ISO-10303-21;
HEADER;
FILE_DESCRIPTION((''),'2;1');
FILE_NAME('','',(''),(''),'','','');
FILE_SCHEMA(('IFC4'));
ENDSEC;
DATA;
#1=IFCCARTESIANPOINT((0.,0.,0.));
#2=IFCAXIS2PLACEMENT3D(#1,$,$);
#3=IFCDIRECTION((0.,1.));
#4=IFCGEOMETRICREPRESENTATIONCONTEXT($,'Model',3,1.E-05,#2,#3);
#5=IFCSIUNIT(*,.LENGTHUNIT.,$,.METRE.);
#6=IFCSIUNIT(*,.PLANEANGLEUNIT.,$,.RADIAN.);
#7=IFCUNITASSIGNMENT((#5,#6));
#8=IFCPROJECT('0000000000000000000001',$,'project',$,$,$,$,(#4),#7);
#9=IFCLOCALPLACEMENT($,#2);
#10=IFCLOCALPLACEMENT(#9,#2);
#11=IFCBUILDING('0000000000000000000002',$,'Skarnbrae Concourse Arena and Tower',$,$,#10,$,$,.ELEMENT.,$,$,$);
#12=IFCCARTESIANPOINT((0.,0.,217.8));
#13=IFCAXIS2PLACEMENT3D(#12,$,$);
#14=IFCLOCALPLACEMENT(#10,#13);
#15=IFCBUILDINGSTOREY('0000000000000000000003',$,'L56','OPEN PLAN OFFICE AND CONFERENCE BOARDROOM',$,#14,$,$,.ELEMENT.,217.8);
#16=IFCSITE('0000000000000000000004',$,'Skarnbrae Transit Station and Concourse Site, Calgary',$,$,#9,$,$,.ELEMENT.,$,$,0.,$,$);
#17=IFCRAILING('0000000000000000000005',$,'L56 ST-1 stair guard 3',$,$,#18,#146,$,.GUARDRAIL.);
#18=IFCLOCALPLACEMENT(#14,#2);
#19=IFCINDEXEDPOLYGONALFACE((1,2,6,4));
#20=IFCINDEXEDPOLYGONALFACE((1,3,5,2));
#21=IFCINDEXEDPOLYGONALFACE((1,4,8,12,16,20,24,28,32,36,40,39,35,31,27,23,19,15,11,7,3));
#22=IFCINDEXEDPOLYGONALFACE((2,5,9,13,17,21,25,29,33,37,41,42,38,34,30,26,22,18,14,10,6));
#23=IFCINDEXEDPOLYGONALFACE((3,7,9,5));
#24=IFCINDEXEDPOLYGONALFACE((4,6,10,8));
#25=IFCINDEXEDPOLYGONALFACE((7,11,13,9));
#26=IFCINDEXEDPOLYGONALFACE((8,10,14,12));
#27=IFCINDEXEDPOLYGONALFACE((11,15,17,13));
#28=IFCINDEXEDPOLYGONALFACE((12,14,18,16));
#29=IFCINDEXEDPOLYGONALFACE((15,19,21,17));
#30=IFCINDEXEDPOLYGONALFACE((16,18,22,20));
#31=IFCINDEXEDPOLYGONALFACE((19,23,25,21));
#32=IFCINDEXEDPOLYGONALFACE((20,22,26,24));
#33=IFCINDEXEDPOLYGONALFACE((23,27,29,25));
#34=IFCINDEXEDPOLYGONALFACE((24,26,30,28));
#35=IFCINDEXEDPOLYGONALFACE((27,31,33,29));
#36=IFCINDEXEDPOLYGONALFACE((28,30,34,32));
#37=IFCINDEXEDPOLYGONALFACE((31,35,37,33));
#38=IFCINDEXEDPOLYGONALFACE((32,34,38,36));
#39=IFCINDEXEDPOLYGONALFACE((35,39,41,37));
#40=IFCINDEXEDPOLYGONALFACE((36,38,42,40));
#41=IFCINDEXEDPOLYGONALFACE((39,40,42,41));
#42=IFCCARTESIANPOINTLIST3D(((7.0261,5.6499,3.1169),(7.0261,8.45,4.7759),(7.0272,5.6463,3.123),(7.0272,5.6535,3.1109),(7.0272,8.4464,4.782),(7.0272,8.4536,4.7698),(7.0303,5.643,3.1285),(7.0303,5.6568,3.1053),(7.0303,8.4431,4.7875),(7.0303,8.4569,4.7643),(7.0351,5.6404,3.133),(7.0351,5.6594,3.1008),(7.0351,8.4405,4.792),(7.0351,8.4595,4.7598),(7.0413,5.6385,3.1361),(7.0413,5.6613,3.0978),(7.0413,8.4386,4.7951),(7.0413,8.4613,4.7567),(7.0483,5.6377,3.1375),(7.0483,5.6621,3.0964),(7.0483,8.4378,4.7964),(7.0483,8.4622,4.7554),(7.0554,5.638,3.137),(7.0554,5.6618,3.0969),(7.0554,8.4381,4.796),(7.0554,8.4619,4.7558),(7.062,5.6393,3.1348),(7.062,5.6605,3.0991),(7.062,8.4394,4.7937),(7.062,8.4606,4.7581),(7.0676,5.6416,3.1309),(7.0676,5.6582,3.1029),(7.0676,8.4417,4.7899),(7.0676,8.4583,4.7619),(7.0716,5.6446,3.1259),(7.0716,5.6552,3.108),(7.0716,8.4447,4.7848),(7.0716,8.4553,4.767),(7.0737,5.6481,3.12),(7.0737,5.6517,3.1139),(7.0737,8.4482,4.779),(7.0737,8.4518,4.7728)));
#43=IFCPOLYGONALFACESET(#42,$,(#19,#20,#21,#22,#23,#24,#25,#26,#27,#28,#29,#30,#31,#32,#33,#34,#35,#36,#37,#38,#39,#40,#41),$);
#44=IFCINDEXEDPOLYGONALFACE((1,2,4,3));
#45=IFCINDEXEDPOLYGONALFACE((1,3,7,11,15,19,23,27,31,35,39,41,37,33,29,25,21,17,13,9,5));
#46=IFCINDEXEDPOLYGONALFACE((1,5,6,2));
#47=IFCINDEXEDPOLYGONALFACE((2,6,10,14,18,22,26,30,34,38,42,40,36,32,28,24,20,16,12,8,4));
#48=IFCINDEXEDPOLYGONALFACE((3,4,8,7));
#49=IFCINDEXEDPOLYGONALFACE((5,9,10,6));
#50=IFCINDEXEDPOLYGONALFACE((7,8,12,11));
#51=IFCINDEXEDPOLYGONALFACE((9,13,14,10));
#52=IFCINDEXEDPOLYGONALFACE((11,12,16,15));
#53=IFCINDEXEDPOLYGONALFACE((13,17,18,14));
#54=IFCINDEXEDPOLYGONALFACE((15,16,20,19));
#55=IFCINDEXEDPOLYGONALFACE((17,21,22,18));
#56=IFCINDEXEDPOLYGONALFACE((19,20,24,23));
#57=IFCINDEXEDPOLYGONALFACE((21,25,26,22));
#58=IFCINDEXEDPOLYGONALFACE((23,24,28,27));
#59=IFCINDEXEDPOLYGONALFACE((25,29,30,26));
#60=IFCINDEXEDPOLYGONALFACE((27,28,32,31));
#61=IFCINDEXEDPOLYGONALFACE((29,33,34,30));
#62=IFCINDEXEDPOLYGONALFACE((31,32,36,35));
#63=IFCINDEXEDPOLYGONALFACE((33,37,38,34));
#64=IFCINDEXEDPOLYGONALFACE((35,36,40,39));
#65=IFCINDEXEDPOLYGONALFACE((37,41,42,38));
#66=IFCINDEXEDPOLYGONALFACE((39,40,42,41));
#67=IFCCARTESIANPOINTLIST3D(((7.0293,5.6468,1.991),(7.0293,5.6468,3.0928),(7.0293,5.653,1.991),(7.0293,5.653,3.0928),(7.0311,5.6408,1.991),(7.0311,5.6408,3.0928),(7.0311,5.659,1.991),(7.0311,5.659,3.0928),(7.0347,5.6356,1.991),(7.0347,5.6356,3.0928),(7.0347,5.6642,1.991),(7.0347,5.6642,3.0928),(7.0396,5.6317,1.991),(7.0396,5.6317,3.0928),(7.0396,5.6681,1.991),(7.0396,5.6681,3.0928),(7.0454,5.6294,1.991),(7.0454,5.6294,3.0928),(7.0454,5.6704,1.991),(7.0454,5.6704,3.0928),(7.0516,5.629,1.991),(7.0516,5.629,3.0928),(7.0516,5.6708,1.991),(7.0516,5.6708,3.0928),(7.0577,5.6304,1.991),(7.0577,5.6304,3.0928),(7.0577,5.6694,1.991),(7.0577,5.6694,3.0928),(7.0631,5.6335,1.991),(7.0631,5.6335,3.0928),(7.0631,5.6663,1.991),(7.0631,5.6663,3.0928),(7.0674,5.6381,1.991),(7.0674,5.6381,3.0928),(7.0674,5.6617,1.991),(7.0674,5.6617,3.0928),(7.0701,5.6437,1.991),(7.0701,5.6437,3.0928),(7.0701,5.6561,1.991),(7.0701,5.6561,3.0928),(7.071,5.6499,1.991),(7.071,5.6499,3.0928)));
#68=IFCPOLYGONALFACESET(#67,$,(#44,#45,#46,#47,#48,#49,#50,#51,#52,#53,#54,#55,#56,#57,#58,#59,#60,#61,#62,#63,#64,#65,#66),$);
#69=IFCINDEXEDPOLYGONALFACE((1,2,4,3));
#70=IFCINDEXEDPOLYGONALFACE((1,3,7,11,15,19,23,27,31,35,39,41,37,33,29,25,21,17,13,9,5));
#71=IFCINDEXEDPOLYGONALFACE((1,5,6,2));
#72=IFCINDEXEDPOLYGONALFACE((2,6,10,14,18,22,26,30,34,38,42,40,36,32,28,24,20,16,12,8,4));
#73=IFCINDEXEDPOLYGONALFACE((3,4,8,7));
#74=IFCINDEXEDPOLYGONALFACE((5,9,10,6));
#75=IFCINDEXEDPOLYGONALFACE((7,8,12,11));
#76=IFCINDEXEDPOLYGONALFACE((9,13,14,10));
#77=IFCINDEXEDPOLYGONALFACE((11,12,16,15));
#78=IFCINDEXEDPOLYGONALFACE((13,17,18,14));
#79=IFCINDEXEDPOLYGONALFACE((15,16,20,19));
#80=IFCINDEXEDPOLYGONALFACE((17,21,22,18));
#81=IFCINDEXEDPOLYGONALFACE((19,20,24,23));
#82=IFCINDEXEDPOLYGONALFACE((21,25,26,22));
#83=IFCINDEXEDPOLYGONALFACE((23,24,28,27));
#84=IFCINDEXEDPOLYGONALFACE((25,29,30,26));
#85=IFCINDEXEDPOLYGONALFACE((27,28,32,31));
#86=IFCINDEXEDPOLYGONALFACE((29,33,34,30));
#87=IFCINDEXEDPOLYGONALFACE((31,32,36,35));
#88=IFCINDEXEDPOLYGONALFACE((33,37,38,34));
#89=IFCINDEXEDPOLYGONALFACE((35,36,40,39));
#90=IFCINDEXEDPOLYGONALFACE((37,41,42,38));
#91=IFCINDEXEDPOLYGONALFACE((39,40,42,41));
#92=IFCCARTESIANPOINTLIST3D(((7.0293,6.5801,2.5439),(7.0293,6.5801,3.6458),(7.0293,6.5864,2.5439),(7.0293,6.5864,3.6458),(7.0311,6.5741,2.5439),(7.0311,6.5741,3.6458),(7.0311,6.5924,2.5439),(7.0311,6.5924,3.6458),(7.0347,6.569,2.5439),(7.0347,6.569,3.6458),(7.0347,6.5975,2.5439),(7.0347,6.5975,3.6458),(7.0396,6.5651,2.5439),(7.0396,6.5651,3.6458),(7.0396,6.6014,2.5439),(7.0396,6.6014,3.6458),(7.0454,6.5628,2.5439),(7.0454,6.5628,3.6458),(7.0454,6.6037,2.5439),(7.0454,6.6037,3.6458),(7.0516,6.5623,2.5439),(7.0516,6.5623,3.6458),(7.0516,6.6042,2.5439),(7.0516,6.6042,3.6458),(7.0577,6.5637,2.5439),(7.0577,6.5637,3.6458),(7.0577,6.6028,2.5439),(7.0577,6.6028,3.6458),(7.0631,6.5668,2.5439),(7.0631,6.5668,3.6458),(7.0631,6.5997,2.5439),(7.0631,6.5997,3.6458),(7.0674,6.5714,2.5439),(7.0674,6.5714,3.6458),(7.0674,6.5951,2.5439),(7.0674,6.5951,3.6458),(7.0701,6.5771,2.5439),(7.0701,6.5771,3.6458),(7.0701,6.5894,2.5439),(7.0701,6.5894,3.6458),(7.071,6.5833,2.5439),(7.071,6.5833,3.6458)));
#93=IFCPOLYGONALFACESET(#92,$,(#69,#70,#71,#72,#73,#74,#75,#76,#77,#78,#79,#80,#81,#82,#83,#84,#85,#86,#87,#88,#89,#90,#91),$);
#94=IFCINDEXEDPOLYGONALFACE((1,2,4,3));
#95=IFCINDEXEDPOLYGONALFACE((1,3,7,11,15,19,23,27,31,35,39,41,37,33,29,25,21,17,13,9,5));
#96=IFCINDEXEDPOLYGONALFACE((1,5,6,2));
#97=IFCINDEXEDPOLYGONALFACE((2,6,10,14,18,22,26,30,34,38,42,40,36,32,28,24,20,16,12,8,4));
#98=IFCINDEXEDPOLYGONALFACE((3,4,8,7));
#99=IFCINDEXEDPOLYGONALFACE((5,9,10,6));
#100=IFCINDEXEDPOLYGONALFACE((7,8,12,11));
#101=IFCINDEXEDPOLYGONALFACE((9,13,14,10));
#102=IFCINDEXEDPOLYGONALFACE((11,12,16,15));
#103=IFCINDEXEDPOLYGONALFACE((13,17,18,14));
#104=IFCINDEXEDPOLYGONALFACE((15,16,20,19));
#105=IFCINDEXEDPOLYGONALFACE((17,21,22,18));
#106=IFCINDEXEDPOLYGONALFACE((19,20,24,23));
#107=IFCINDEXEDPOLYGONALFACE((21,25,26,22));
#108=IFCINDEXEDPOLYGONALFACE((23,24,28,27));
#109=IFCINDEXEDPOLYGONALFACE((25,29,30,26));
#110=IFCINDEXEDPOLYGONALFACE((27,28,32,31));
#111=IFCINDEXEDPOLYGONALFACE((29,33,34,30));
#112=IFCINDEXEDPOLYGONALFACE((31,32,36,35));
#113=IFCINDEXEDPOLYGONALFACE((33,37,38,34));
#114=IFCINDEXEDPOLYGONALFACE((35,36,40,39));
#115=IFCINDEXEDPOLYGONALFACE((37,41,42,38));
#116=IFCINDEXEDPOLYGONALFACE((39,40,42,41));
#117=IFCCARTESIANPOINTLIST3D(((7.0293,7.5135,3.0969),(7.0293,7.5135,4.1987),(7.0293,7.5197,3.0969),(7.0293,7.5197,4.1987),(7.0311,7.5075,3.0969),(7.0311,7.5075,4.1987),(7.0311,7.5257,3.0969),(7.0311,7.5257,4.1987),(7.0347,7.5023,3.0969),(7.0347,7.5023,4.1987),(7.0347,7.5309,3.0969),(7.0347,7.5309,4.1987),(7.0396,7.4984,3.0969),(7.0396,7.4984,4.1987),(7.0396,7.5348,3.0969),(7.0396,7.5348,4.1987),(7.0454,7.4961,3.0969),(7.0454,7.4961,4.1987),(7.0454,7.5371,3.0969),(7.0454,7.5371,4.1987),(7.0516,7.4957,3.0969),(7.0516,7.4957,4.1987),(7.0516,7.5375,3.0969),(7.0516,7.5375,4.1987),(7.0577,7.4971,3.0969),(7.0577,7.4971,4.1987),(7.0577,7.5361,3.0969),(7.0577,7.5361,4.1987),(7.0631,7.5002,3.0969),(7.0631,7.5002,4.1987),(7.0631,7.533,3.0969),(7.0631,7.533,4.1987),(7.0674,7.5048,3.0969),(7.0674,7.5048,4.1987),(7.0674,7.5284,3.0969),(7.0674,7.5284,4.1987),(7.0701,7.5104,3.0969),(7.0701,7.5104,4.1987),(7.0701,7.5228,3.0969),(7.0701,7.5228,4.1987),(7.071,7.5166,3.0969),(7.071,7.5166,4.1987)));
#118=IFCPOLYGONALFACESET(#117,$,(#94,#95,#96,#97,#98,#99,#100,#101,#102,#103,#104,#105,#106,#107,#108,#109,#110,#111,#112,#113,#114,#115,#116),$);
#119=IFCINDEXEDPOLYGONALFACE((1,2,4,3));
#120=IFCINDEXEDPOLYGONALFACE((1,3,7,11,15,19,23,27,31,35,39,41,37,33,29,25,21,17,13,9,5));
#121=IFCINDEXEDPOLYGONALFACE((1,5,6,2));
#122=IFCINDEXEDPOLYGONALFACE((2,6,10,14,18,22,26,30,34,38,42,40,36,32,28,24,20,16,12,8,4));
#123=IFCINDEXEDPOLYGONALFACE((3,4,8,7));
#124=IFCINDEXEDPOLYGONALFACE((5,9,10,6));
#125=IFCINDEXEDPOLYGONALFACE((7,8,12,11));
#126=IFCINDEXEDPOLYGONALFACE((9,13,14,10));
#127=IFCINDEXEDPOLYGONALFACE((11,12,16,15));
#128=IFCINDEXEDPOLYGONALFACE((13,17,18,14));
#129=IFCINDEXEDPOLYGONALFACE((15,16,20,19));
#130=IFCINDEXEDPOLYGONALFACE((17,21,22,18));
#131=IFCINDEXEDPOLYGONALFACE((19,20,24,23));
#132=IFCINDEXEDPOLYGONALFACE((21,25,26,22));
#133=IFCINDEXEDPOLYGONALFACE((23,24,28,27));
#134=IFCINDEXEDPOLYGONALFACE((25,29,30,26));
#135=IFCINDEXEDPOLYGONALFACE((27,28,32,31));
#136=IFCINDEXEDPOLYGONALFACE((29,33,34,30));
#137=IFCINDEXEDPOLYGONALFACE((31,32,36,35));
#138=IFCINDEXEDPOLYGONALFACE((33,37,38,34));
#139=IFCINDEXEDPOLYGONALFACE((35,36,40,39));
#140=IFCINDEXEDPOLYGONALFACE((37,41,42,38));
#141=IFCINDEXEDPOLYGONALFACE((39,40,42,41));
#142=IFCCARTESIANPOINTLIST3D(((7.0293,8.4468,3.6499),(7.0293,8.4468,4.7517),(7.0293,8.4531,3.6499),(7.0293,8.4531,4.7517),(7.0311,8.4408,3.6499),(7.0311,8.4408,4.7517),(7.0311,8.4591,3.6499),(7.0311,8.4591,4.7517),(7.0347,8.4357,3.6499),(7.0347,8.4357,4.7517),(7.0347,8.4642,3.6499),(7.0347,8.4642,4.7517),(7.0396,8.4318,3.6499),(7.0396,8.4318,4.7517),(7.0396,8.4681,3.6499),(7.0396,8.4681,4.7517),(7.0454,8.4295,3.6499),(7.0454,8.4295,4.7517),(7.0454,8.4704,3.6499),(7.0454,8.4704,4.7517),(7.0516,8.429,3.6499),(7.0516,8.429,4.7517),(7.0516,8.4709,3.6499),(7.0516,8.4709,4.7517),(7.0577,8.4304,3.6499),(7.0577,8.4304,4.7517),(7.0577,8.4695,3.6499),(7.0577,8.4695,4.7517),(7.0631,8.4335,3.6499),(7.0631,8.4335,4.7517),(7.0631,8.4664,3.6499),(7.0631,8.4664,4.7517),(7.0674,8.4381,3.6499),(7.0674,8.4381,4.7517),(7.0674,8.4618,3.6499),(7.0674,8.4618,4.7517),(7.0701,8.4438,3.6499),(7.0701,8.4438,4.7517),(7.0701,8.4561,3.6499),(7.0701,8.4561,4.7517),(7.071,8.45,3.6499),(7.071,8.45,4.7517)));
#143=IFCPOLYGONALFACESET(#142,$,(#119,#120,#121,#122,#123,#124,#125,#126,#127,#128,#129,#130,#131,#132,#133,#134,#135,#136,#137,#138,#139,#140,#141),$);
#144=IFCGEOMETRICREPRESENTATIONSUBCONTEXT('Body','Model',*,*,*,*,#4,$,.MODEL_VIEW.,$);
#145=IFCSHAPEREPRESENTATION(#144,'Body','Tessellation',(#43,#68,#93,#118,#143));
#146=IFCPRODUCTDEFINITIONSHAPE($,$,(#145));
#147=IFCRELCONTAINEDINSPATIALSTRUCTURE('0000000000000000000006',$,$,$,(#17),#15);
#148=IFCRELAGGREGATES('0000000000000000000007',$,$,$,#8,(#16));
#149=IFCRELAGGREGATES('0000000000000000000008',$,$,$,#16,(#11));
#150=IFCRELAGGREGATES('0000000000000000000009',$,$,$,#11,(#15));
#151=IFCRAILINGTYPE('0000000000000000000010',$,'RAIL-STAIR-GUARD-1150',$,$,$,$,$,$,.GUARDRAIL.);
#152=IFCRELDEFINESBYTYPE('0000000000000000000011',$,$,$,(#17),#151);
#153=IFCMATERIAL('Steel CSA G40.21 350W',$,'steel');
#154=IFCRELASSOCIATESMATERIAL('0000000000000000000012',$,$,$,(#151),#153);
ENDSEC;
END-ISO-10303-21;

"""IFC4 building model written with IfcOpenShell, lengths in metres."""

from ifc_helpers import new_model, si_unit, direction, frame, origin, origin_2d, place, context, subcontext, project, spatial, circle, extrude, material, type_object, element, save


model = new_model("IFC4")

# Units and contexts
model_context = context("Model", 3, precision=1e-05, world=origin(), true_north=direction((0.0, 1.0)))
body_context = subcontext(model_context, "Body", "Model", "MODEL_VIEW")
ifc_project = project(units=[si_unit("LENGTHUNIT", "METRE"), si_unit("PLANEANGLEUNIT", "RADIAN")], contexts=[model_context])

# Site, building, storey
site_placement = place(None, origin())
site = spatial("IfcSite", under=ifc_project, at=site_placement, Name="Skarnbrae Transit Station and Concourse Site, Calgary", CompositionType="ELEMENT", RefElevation=0.0)
building_placement = place(site_placement, origin())
building = spatial("IfcBuilding", under=site, at=building_placement, Name="Skarnbrae Concourse Arena and Tower", CompositionType="ELEMENT")
storey_placement = place(building_placement, frame((0.0, 0.0, 217.8)))
storey = spatial("IfcBuildingStorey", under=building, at=storey_placement, Name="L56", Description="OPEN PLAN OFFICE AND CONFERENCE BOARDROOM", CompositionType="ELEMENT", Elevation=217.8)

# Shared definitions
ifc_material_1 = material(Name="Steel CSA G40.21 350W", Category="steel")

# Railing
railing_type_1 = type_object("IfcRailingType", Name="RAIL-STAIR-GUARD-1150", PredefinedType="GUARDRAIL", material=ifc_material_1)
railing_1_placement = place(storey_placement, frame((7.05, 5.6499, 1.991)))
element("IfcRailing", 1, at=railing_1_placement, inside=storey, type_object=railing_type_1, Name="L56 ST-1 stair guard 3", PredefinedType="GUARDRAIL", context=body_context, shape_type="SweptSolid", body=[
    extrude(circle(Radius=0.0239, at=origin_2d()), frame((0.0, 0.0, 1.126), z_axis=(0.0, 0.860339, 0.509722), x_axis=(-1.0, 0.0, 0.0)), (0.0, 0.0, 1.0), 3.2546),
    extrude(circle(Radius=0.021, at=origin_2d()), origin(), (0.0, 0.0, 1.0), 1.1018),
    extrude(circle(Radius=0.021, at=origin_2d()), frame((0.0, 0.9333, 0.553)), (0.0, 0.0, 1.0), 1.1018),
    extrude(circle(Radius=0.021, at=origin_2d()), frame((0.0, 1.8667, 1.106)), (0.0, 0.0, 1.0), 1.1018),
    extrude(circle(Radius=0.021, at=origin_2d()), frame((0.0, 2.8, 1.6589)), (0.0, 0.0, 1.0), 1.1018),
])

save(model, "model.ifc")
